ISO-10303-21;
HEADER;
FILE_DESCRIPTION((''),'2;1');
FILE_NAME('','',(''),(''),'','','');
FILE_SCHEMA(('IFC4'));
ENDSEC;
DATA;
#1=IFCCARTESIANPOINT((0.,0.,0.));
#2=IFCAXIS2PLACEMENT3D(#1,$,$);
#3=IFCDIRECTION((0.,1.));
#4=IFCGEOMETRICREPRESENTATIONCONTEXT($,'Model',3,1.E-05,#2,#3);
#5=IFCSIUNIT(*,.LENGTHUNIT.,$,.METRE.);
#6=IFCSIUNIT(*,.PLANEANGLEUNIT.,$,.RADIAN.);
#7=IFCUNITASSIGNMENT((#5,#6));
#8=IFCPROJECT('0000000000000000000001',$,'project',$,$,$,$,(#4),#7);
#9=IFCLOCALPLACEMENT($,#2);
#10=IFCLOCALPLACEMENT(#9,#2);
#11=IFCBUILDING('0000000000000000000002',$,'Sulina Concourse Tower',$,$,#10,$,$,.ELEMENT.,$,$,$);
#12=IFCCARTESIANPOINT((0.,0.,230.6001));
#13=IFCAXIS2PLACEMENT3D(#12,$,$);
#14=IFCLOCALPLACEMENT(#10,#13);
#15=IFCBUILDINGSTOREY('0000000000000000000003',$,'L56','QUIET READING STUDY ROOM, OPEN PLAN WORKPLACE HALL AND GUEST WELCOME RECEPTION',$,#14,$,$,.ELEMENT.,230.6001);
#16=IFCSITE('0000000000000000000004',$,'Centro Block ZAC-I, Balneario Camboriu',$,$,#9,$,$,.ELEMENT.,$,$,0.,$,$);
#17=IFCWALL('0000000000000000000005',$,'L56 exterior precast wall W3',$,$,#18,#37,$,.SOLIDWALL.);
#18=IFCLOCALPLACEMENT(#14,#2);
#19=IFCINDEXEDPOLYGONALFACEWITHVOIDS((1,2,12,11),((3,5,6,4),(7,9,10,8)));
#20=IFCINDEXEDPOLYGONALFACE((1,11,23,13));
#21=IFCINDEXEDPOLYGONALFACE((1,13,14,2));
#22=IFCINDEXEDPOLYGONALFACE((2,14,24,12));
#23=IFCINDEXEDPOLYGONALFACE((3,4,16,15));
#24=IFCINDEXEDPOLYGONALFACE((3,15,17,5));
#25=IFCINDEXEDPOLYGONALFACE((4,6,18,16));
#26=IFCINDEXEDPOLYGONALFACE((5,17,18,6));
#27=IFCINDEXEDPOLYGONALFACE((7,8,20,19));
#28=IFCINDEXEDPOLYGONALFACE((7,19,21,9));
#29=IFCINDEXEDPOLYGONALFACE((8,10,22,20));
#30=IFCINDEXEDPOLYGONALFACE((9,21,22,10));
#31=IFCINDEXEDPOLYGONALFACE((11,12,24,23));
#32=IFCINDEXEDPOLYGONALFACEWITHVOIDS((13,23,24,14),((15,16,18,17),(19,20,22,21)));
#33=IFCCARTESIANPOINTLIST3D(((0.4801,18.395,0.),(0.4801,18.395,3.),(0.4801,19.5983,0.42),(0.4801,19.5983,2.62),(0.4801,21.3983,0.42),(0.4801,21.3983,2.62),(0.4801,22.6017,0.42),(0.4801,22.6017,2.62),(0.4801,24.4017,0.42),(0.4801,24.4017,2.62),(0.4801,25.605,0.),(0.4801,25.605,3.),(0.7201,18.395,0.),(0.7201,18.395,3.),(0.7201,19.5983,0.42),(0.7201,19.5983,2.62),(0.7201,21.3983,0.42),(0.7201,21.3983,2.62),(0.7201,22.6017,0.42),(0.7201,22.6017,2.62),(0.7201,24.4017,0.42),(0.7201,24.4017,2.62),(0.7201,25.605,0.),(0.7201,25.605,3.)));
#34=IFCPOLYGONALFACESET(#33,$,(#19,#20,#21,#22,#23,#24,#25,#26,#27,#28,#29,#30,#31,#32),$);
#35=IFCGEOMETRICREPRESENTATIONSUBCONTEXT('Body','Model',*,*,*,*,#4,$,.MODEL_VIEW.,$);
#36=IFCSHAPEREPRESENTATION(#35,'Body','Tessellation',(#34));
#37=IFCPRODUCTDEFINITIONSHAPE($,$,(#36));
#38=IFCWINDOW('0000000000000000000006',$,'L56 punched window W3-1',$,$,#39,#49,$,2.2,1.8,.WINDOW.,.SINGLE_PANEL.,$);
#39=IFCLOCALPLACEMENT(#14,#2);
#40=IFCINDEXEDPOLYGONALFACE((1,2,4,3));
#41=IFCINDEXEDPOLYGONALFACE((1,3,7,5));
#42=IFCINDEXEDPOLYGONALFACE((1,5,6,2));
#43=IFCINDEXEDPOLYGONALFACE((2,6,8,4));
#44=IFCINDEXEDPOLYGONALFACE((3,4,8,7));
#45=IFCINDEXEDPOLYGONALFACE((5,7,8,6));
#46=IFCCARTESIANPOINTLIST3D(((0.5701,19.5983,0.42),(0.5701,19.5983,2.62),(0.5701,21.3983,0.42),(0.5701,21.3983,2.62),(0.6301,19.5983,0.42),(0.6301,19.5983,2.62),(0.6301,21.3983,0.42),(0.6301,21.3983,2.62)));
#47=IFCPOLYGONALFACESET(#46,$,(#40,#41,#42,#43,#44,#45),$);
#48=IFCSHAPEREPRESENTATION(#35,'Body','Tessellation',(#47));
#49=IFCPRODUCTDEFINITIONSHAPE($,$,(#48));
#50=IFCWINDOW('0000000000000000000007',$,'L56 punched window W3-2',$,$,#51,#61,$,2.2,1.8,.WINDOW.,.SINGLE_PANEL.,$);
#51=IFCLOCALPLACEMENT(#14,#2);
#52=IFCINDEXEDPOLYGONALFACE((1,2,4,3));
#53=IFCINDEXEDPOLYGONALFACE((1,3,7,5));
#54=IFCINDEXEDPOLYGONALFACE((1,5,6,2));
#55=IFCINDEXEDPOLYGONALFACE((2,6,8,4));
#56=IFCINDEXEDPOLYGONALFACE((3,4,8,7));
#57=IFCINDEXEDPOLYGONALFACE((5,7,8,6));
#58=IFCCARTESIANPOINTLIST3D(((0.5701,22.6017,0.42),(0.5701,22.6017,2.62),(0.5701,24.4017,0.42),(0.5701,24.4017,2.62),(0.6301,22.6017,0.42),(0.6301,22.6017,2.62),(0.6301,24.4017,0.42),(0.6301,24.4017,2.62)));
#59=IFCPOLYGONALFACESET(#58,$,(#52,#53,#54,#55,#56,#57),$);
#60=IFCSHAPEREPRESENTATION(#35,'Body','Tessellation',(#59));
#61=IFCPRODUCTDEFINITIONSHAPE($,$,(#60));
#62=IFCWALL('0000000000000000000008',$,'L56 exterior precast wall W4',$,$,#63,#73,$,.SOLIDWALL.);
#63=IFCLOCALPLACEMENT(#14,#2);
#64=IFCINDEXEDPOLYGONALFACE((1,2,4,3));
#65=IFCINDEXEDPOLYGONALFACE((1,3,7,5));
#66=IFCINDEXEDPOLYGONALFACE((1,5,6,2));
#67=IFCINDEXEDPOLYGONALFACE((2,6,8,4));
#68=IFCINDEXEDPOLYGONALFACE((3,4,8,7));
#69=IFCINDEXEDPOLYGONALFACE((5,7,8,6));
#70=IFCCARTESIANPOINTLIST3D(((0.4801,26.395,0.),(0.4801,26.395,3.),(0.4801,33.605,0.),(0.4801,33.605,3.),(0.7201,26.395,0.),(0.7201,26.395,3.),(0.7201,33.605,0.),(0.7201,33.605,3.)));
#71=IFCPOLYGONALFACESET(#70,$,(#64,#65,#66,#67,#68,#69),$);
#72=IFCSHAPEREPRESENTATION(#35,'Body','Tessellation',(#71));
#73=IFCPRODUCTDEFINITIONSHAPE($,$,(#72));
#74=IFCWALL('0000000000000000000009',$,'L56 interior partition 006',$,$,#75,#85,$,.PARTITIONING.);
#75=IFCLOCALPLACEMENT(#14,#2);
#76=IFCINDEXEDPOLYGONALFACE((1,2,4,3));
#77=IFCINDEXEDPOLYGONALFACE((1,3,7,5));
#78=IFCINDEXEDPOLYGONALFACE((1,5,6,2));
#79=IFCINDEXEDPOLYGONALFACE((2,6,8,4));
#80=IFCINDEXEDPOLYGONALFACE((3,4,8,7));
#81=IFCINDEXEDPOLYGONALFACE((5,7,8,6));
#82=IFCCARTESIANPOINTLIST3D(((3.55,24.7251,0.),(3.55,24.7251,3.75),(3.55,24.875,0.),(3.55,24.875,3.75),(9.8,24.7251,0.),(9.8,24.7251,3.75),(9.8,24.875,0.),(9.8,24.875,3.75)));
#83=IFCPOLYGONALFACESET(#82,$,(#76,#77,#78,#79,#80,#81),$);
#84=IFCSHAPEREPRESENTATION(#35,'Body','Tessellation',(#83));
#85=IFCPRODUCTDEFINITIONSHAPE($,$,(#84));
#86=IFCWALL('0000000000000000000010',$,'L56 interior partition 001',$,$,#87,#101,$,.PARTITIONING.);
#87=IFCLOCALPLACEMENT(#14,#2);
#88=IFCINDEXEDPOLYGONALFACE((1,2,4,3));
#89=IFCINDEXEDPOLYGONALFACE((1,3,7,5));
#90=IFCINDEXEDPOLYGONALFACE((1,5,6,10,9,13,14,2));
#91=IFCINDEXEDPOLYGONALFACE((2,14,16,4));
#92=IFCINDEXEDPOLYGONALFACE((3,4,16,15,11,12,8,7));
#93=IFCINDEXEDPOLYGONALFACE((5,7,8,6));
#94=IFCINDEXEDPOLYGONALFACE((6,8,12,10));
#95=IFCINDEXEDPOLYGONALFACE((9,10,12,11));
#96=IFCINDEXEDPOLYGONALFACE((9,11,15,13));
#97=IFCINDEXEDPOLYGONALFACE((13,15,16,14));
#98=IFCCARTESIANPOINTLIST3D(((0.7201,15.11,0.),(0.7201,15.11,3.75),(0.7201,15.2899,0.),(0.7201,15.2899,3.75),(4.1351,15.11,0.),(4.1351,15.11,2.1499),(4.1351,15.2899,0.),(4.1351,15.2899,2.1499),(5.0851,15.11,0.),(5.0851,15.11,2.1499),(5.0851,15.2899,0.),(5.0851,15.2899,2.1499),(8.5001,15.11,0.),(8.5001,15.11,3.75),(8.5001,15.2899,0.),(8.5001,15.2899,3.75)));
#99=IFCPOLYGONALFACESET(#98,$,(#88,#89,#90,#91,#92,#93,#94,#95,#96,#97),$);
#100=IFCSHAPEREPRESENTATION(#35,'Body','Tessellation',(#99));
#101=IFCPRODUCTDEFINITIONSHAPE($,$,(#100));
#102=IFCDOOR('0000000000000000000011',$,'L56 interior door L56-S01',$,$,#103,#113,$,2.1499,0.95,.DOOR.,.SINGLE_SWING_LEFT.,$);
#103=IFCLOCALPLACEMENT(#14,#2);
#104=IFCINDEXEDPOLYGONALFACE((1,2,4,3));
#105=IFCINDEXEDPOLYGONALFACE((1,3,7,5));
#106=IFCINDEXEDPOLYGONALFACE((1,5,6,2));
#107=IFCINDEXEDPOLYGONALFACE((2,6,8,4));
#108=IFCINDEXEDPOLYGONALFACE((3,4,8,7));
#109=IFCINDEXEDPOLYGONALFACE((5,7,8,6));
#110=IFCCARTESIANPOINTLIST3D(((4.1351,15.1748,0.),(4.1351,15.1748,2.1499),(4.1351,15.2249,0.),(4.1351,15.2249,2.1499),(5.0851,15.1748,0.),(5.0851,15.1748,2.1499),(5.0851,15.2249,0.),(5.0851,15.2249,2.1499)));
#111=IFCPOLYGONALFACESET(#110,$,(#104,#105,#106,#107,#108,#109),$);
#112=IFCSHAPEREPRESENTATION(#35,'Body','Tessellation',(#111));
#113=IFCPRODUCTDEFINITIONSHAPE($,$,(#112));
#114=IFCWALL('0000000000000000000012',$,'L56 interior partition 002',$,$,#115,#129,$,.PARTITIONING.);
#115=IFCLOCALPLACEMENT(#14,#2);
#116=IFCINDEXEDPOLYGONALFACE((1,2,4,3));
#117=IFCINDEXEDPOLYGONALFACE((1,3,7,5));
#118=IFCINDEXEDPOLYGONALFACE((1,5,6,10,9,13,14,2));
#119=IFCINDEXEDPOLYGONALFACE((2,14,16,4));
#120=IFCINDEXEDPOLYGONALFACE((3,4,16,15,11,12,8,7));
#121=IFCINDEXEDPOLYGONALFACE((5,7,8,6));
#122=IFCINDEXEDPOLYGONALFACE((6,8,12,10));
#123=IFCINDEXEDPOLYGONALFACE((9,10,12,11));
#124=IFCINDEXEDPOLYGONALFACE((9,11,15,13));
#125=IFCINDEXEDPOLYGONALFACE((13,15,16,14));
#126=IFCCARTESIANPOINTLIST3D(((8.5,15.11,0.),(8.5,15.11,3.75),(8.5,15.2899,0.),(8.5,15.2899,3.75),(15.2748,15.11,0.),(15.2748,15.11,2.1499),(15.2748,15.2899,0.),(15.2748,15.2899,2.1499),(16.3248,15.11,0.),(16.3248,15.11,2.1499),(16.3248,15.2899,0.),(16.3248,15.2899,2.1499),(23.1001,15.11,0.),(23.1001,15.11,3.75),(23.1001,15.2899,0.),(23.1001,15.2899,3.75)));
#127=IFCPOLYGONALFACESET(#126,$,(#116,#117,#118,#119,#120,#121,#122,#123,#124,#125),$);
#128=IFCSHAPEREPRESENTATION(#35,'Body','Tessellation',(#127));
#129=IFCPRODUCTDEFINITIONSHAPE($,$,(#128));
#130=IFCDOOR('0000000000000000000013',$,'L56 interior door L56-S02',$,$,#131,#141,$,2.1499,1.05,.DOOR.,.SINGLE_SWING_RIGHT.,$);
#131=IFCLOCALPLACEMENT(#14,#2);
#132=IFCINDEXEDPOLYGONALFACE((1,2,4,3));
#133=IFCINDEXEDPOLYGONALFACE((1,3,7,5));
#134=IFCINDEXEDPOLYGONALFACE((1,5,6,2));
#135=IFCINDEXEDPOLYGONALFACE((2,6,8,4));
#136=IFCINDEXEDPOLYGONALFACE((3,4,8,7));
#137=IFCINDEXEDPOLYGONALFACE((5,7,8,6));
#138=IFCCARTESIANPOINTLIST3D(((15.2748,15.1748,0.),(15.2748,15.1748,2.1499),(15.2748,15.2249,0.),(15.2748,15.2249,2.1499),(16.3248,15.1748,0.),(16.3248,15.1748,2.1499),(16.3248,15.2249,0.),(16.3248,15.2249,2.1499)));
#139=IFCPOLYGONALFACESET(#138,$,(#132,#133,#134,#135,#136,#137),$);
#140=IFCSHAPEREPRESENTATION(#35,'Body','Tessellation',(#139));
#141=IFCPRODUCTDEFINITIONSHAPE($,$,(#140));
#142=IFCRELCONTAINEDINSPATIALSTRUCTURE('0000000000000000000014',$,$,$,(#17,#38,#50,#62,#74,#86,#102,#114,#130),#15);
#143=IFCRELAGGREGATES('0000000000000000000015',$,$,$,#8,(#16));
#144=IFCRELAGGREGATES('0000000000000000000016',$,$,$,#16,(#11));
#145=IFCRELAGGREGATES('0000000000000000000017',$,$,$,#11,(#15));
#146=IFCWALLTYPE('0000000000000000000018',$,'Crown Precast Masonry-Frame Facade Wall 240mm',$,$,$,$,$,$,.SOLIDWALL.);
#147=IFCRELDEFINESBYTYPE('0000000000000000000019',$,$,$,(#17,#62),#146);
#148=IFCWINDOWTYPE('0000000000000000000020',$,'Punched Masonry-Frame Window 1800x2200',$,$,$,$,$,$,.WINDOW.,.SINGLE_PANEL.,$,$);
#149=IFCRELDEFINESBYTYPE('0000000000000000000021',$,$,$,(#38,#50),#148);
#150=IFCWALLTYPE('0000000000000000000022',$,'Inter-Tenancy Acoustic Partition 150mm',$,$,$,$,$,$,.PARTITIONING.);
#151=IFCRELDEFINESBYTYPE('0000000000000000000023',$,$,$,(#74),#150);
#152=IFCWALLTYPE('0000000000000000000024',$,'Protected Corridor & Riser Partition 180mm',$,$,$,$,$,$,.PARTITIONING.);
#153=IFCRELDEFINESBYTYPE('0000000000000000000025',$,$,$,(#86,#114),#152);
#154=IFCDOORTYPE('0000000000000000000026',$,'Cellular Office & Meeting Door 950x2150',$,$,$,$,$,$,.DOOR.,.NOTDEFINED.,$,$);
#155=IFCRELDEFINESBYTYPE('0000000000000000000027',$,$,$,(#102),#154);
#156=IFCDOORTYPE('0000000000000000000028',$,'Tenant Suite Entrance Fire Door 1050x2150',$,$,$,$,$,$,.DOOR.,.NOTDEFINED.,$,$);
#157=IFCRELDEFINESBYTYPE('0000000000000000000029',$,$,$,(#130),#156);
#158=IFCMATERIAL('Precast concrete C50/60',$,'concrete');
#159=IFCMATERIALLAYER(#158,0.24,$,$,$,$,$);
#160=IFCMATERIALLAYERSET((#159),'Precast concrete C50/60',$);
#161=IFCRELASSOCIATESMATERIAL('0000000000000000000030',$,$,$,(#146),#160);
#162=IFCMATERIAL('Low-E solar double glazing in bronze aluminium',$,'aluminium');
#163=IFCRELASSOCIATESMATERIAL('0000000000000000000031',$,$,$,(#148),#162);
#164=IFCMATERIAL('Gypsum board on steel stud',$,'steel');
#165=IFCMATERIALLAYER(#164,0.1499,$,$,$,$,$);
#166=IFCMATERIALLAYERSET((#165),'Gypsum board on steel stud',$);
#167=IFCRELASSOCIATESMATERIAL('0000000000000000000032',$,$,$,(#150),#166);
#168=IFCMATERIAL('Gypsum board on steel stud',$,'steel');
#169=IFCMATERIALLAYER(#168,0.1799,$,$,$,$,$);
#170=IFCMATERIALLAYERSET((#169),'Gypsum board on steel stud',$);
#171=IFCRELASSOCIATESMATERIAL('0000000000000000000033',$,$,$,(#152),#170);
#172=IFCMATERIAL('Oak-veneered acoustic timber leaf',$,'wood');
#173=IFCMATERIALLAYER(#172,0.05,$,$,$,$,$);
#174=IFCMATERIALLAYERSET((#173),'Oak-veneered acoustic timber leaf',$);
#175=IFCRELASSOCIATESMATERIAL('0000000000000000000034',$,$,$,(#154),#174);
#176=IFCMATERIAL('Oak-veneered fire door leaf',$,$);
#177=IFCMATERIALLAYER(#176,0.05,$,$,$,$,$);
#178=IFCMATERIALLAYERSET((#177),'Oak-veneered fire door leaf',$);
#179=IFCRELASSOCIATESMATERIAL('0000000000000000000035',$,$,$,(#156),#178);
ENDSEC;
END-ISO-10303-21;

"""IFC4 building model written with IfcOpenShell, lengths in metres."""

from ifc_helpers import new_model, si_unit, direction, frame, frame_2d, origin, place, context, subcontext, project, spatial, rectangle, extrude, material, layer, layer_set, type_object, element, fill, save


model = new_model("IFC4")

# Units and contexts
model_context = context("Model", 3, precision=1e-05, world=origin(), true_north=direction((0.0, 1.0)))
body_context = subcontext(model_context, "Body", "Model", "MODEL_VIEW")
ifc_project = project(units=[si_unit("LENGTHUNIT", "METRE"), si_unit("PLANEANGLEUNIT", "RADIAN")], contexts=[model_context])

# Site, building, storey
site_placement = place(None, origin())
site = spatial("IfcSite", under=ifc_project, at=site_placement, Name="Centro Block ZAC-I, Balneario Camboriu", CompositionType="ELEMENT", RefElevation=0.0)
building_placement = place(site_placement, origin())
building = spatial("IfcBuilding", under=site, at=building_placement, Name="Sulina Concourse Tower", CompositionType="ELEMENT")
storey_placement = place(building_placement, frame((0.0, 0.0, 230.6001)))
storey = spatial("IfcBuildingStorey", under=building, at=storey_placement, Name="L56", Description="QUIET READING STUDY ROOM, OPEN PLAN WORKPLACE HALL AND GUEST WELCOME RECEPTION", CompositionType="ELEMENT", Elevation=230.6001)

# Wall, openings, windows
ifc_material_1 = material(Name="Precast concrete C50/60", Category="concrete")
ifc_layer_1 = layer(ifc_material_1, 0.24)
ifc_layer_set_1 = layer_set([ifc_layer_1], Name="Precast concrete C50/60")
wall_type_1 = type_object("IfcWallType", Name="Crown Precast Masonry-Frame Facade Wall 240mm", PredefinedType="SOLIDWALL", material=ifc_layer_set_1)
wall_1_placement = place(storey_placement, frame((0.6001, 18.395, 0.0), z_axis=(0.0, 0.0, 1.0), x_axis=(0.0, 1.0, 0.0)))
wall_1 = element("IfcWall", 1, at=wall_1_placement, inside=storey, type_object=wall_type_1, Name="L56 exterior precast wall W3", PredefinedType="SOLIDWALL", context=body_context, shape_type="SweptSolid", body=[
    extrude(rectangle(XDim=7.21, YDim=0.24, at=frame_2d((3.605, 0.0))), origin(), (0.0, 0.0, 1.0), 3.0),
])
opening_1_placement = place(wall_1_placement, frame((1.2034, 0.0, 0.4199)))
opening_1 = element("IfcOpeningElement", 2, at=opening_1_placement, cuts=wall_1, PredefinedType="OPENING", context=body_context, shape_type="SweptSolid", body=[
    extrude(rectangle(XDim=1.8, YDim=2.2, at=frame_2d((0.8999, 1.1001))), frame((0.0, 0.1299, 0.0), z_axis=(0.0, -1.0, 0.0), x_axis=(1.0, 0.0, 0.0)), (0.0, 0.0, 1.0), 0.26),
])
opening_2_placement = place(wall_1_placement, frame((4.2068, 0.0, 0.4199)))
opening_2 = element("IfcOpeningElement", 3, at=opening_2_placement, cuts=wall_1, PredefinedType="OPENING", context=body_context, shape_type="SweptSolid", body=[
    extrude(rectangle(XDim=1.8, YDim=2.2, at=frame_2d((0.8999, 1.1001))), frame((0.0, 0.1299, 0.0), z_axis=(0.0, -1.0, 0.0), x_axis=(1.0, 0.0, 0.0)), (0.0, 0.0, 1.0), 0.26),
])
ifc_material_2 = material(Name="Low-E solar double glazing in bronze aluminium", Category="aluminium")
window_type = type_object("IfcWindowType", Name="Punched Masonry-Frame Window 1800x2200", PartitioningType="SINGLE_PANEL", PredefinedType="WINDOW", material=ifc_material_2)
window_1_placement = place(opening_1_placement, origin())
window_1 = element("IfcWindow", 4, at=window_1_placement, inside=storey, type_object=window_type, Name="L56 punched window W3-1", OverallHeight=2.2, OverallWidth=1.8, PartitioningType="SINGLE_PANEL", PredefinedType="WINDOW", context=body_context, shape_type="SweptSolid", body=[
    extrude(rectangle(XDim=1.8, YDim=2.2, at=frame_2d((0.8999, 1.1001))), frame((0.0, 0.03, 0.0), z_axis=(0.0, -1.0, 0.0), x_axis=(1.0, 0.0, 0.0)), (0.0, 0.0, 1.0), 0.0601),
])
fill(opening_1, window_1)
window_2_placement = place(opening_2_placement, origin())
window_2 = element("IfcWindow", 5, at=window_2_placement, inside=storey, type_object=window_type, Name="L56 punched window W3-2", OverallHeight=2.2, OverallWidth=1.8, PartitioningType="SINGLE_PANEL", PredefinedType="WINDOW", context=body_context, shape_type="SweptSolid", body=[
    extrude(rectangle(XDim=1.8, YDim=2.2, at=frame_2d((0.8999, 1.1001))), frame((0.0, 0.03, 0.0), z_axis=(0.0, -1.0, 0.0), x_axis=(1.0, 0.0, 0.0)), (0.0, 0.0, 1.0), 0.0601),
])
fill(opening_2, window_2)

# Walls
wall_2_placement = place(storey_placement, frame((0.6001, 26.395, 0.0), z_axis=(0.0, 0.0, 1.0), x_axis=(0.0, 1.0, 0.0)))
element("IfcWall", 6, at=wall_2_placement, inside=storey, type_object=wall_type_1, Name="L56 exterior precast wall W4", PredefinedType="SOLIDWALL", context=body_context, shape_type="SweptSolid", body=[
    extrude(rectangle(XDim=7.21, YDim=0.24, at=frame_2d((3.605, 0.0))), origin(), (0.0, 0.0, 1.0), 3.0),
])
ifc_material_3 = material(Name="Gypsum board on steel stud", Category="steel")
ifc_layer_2 = layer(ifc_material_3, 0.1499)
ifc_layer_set_2 = layer_set([ifc_layer_2], Name="Gypsum board on steel stud")
wall_type_2 = type_object("IfcWallType", Name="Inter-Tenancy Acoustic Partition 150mm", PredefinedType="PARTITIONING", material=ifc_layer_set_2)
wall_3_placement = place(storey_placement, frame((3.55, 24.8, 0.0), z_axis=(0.0, 0.0, 1.0), x_axis=(1.0, 0.0, 0.0)))
element("IfcWall", 7, at=wall_3_placement, inside=storey, type_object=wall_type_2, Name="L56 interior partition 006", PredefinedType="PARTITIONING", context=body_context, shape_type="SweptSolid", body=[
    extrude(rectangle(XDim=6.25, YDim=0.1499, at=frame_2d((3.125, 0.0))), origin(), (0.0, 0.0, 1.0), 3.75),
])

# Walls, openings, doors
ifc_material_4 = material(Name="Gypsum board on steel stud", Category="steel")
ifc_layer_3 = layer(ifc_material_4, 0.1799)
ifc_layer_set_3 = layer_set([ifc_layer_3], Name="Gypsum board on steel stud")
wall_type_3 = type_object("IfcWallType", Name="Protected Corridor & Riser Partition 180mm", PredefinedType="PARTITIONING", material=ifc_layer_set_3)
wall_4_placement = place(storey_placement, frame((0.72, 15.2, 0.0), z_axis=(0.0, 0.0, 1.0), x_axis=(1.0, 0.0, 0.0)))
wall_4 = element("IfcWall", 8, at=wall_4_placement, inside=storey, type_object=wall_type_3, Name="L56 interior partition 001", PredefinedType="PARTITIONING", context=body_context, shape_type="SweptSolid", body=[
    extrude(rectangle(XDim=7.78, YDim=0.1799, at=frame_2d((3.8901, 0.0))), origin(), (0.0, 0.0, 1.0), 3.75),
])
opening_3_placement = place(wall_4_placement, frame((3.415, 0.0, 0.0)))
opening_3 = element("IfcOpeningElement", 9, at=opening_3_placement, cuts=wall_4, PredefinedType="OPENING", context=body_context, shape_type="SweptSolid", body=[
    extrude(rectangle(XDim=0.95, YDim=2.1499, at=frame_2d((0.4751, 1.075))), frame((0.0, 0.0999, 0.0), z_axis=(0.0, -1.0, 0.0), x_axis=(1.0, 0.0, 0.0)), (0.0, 0.0, 1.0), 0.2),
])
ifc_material_5 = material(Name="Oak-veneered acoustic timber leaf", Category="wood")
ifc_layer_4 = layer(ifc_material_5, 0.05)
ifc_layer_set_4 = layer_set([ifc_layer_4], Name="Oak-veneered acoustic timber leaf")
door_type_1 = type_object("IfcDoorType", Name="Cellular Office & Meeting Door 950x2150", OperationType="NOTDEFINED", PredefinedType="DOOR", material=ifc_layer_set_4)
door_1_placement = place(opening_3_placement, origin())
door_1 = element("IfcDoor", 10, at=door_1_placement, inside=storey, type_object=door_type_1, Name="L56 interior door L56-S01", OperationType="SINGLE_SWING_LEFT", OverallHeight=2.1499, OverallWidth=0.95, PredefinedType="DOOR", context=body_context, shape_type="SweptSolid", body=[
    extrude(rectangle(XDim=0.95, YDim=2.1499, at=frame_2d((0.4751, 1.075))), frame((0.0, 0.0249, 0.0), z_axis=(0.0, -1.0, 0.0), x_axis=(1.0, 0.0, 0.0)), (0.0, 0.0, 1.0), 0.05),
])
fill(opening_3, door_1)
wall_5_placement = place(storey_placement, frame((8.5, 15.2, 0.0), z_axis=(0.0, 0.0, 1.0), x_axis=(1.0, 0.0, 0.0)))
wall_5 = element("IfcWall", 11, at=wall_5_placement, inside=storey, type_object=wall_type_3, Name="L56 interior partition 002", PredefinedType="PARTITIONING", context=body_context, shape_type="SweptSolid", body=[
    extrude(rectangle(XDim=14.6001, YDim=0.1799, at=frame_2d((7.3, 0.0))), origin(), (0.0, 0.0, 1.0), 3.75),
])
opening_4_placement = place(wall_5_placement, frame((6.7749, 0.0, 0.0)))
opening_4 = element("IfcOpeningElement", 12, at=opening_4_placement, cuts=wall_5, PredefinedType="OPENING", context=body_context, shape_type="SweptSolid", body=[
    extrude(rectangle(XDim=1.05, YDim=2.1499, at=frame_2d((0.5249, 1.075))), frame((0.0, 0.0999, 0.0), z_axis=(0.0, -1.0, 0.0), x_axis=(1.0, 0.0, 0.0)), (0.0, 0.0, 1.0), 0.2),
])
ifc_material_6 = material(Name="Oak-veneered fire door leaf")
ifc_layer_5 = layer(ifc_material_6, 0.05)
ifc_layer_set_5 = layer_set([ifc_layer_5], Name="Oak-veneered fire door leaf")
door_type_2 = type_object("IfcDoorType", Name="Tenant Suite Entrance Fire Door 1050x2150", OperationType="NOTDEFINED", PredefinedType="DOOR", material=ifc_layer_set_5)
door_2_placement = place(opening_4_placement, origin())
door_2 = element("IfcDoor", 13, at=door_2_placement, inside=storey, type_object=door_type_2, Name="L56 interior door L56-S02", OperationType="SINGLE_SWING_RIGHT", OverallHeight=2.1499, OverallWidth=1.05, PredefinedType="DOOR", context=body_context, shape_type="SweptSolid", body=[
    extrude(rectangle(XDim=1.05, YDim=2.1499, at=frame_2d((0.5249, 1.075))), frame((0.0, 0.0249, 0.0), z_axis=(0.0, -1.0, 0.0), x_axis=(1.0, 0.0, 0.0)), (0.0, 0.0, 1.0), 0.05),
])
fill(opening_4, door_2)

save(model, "model.ifc")
